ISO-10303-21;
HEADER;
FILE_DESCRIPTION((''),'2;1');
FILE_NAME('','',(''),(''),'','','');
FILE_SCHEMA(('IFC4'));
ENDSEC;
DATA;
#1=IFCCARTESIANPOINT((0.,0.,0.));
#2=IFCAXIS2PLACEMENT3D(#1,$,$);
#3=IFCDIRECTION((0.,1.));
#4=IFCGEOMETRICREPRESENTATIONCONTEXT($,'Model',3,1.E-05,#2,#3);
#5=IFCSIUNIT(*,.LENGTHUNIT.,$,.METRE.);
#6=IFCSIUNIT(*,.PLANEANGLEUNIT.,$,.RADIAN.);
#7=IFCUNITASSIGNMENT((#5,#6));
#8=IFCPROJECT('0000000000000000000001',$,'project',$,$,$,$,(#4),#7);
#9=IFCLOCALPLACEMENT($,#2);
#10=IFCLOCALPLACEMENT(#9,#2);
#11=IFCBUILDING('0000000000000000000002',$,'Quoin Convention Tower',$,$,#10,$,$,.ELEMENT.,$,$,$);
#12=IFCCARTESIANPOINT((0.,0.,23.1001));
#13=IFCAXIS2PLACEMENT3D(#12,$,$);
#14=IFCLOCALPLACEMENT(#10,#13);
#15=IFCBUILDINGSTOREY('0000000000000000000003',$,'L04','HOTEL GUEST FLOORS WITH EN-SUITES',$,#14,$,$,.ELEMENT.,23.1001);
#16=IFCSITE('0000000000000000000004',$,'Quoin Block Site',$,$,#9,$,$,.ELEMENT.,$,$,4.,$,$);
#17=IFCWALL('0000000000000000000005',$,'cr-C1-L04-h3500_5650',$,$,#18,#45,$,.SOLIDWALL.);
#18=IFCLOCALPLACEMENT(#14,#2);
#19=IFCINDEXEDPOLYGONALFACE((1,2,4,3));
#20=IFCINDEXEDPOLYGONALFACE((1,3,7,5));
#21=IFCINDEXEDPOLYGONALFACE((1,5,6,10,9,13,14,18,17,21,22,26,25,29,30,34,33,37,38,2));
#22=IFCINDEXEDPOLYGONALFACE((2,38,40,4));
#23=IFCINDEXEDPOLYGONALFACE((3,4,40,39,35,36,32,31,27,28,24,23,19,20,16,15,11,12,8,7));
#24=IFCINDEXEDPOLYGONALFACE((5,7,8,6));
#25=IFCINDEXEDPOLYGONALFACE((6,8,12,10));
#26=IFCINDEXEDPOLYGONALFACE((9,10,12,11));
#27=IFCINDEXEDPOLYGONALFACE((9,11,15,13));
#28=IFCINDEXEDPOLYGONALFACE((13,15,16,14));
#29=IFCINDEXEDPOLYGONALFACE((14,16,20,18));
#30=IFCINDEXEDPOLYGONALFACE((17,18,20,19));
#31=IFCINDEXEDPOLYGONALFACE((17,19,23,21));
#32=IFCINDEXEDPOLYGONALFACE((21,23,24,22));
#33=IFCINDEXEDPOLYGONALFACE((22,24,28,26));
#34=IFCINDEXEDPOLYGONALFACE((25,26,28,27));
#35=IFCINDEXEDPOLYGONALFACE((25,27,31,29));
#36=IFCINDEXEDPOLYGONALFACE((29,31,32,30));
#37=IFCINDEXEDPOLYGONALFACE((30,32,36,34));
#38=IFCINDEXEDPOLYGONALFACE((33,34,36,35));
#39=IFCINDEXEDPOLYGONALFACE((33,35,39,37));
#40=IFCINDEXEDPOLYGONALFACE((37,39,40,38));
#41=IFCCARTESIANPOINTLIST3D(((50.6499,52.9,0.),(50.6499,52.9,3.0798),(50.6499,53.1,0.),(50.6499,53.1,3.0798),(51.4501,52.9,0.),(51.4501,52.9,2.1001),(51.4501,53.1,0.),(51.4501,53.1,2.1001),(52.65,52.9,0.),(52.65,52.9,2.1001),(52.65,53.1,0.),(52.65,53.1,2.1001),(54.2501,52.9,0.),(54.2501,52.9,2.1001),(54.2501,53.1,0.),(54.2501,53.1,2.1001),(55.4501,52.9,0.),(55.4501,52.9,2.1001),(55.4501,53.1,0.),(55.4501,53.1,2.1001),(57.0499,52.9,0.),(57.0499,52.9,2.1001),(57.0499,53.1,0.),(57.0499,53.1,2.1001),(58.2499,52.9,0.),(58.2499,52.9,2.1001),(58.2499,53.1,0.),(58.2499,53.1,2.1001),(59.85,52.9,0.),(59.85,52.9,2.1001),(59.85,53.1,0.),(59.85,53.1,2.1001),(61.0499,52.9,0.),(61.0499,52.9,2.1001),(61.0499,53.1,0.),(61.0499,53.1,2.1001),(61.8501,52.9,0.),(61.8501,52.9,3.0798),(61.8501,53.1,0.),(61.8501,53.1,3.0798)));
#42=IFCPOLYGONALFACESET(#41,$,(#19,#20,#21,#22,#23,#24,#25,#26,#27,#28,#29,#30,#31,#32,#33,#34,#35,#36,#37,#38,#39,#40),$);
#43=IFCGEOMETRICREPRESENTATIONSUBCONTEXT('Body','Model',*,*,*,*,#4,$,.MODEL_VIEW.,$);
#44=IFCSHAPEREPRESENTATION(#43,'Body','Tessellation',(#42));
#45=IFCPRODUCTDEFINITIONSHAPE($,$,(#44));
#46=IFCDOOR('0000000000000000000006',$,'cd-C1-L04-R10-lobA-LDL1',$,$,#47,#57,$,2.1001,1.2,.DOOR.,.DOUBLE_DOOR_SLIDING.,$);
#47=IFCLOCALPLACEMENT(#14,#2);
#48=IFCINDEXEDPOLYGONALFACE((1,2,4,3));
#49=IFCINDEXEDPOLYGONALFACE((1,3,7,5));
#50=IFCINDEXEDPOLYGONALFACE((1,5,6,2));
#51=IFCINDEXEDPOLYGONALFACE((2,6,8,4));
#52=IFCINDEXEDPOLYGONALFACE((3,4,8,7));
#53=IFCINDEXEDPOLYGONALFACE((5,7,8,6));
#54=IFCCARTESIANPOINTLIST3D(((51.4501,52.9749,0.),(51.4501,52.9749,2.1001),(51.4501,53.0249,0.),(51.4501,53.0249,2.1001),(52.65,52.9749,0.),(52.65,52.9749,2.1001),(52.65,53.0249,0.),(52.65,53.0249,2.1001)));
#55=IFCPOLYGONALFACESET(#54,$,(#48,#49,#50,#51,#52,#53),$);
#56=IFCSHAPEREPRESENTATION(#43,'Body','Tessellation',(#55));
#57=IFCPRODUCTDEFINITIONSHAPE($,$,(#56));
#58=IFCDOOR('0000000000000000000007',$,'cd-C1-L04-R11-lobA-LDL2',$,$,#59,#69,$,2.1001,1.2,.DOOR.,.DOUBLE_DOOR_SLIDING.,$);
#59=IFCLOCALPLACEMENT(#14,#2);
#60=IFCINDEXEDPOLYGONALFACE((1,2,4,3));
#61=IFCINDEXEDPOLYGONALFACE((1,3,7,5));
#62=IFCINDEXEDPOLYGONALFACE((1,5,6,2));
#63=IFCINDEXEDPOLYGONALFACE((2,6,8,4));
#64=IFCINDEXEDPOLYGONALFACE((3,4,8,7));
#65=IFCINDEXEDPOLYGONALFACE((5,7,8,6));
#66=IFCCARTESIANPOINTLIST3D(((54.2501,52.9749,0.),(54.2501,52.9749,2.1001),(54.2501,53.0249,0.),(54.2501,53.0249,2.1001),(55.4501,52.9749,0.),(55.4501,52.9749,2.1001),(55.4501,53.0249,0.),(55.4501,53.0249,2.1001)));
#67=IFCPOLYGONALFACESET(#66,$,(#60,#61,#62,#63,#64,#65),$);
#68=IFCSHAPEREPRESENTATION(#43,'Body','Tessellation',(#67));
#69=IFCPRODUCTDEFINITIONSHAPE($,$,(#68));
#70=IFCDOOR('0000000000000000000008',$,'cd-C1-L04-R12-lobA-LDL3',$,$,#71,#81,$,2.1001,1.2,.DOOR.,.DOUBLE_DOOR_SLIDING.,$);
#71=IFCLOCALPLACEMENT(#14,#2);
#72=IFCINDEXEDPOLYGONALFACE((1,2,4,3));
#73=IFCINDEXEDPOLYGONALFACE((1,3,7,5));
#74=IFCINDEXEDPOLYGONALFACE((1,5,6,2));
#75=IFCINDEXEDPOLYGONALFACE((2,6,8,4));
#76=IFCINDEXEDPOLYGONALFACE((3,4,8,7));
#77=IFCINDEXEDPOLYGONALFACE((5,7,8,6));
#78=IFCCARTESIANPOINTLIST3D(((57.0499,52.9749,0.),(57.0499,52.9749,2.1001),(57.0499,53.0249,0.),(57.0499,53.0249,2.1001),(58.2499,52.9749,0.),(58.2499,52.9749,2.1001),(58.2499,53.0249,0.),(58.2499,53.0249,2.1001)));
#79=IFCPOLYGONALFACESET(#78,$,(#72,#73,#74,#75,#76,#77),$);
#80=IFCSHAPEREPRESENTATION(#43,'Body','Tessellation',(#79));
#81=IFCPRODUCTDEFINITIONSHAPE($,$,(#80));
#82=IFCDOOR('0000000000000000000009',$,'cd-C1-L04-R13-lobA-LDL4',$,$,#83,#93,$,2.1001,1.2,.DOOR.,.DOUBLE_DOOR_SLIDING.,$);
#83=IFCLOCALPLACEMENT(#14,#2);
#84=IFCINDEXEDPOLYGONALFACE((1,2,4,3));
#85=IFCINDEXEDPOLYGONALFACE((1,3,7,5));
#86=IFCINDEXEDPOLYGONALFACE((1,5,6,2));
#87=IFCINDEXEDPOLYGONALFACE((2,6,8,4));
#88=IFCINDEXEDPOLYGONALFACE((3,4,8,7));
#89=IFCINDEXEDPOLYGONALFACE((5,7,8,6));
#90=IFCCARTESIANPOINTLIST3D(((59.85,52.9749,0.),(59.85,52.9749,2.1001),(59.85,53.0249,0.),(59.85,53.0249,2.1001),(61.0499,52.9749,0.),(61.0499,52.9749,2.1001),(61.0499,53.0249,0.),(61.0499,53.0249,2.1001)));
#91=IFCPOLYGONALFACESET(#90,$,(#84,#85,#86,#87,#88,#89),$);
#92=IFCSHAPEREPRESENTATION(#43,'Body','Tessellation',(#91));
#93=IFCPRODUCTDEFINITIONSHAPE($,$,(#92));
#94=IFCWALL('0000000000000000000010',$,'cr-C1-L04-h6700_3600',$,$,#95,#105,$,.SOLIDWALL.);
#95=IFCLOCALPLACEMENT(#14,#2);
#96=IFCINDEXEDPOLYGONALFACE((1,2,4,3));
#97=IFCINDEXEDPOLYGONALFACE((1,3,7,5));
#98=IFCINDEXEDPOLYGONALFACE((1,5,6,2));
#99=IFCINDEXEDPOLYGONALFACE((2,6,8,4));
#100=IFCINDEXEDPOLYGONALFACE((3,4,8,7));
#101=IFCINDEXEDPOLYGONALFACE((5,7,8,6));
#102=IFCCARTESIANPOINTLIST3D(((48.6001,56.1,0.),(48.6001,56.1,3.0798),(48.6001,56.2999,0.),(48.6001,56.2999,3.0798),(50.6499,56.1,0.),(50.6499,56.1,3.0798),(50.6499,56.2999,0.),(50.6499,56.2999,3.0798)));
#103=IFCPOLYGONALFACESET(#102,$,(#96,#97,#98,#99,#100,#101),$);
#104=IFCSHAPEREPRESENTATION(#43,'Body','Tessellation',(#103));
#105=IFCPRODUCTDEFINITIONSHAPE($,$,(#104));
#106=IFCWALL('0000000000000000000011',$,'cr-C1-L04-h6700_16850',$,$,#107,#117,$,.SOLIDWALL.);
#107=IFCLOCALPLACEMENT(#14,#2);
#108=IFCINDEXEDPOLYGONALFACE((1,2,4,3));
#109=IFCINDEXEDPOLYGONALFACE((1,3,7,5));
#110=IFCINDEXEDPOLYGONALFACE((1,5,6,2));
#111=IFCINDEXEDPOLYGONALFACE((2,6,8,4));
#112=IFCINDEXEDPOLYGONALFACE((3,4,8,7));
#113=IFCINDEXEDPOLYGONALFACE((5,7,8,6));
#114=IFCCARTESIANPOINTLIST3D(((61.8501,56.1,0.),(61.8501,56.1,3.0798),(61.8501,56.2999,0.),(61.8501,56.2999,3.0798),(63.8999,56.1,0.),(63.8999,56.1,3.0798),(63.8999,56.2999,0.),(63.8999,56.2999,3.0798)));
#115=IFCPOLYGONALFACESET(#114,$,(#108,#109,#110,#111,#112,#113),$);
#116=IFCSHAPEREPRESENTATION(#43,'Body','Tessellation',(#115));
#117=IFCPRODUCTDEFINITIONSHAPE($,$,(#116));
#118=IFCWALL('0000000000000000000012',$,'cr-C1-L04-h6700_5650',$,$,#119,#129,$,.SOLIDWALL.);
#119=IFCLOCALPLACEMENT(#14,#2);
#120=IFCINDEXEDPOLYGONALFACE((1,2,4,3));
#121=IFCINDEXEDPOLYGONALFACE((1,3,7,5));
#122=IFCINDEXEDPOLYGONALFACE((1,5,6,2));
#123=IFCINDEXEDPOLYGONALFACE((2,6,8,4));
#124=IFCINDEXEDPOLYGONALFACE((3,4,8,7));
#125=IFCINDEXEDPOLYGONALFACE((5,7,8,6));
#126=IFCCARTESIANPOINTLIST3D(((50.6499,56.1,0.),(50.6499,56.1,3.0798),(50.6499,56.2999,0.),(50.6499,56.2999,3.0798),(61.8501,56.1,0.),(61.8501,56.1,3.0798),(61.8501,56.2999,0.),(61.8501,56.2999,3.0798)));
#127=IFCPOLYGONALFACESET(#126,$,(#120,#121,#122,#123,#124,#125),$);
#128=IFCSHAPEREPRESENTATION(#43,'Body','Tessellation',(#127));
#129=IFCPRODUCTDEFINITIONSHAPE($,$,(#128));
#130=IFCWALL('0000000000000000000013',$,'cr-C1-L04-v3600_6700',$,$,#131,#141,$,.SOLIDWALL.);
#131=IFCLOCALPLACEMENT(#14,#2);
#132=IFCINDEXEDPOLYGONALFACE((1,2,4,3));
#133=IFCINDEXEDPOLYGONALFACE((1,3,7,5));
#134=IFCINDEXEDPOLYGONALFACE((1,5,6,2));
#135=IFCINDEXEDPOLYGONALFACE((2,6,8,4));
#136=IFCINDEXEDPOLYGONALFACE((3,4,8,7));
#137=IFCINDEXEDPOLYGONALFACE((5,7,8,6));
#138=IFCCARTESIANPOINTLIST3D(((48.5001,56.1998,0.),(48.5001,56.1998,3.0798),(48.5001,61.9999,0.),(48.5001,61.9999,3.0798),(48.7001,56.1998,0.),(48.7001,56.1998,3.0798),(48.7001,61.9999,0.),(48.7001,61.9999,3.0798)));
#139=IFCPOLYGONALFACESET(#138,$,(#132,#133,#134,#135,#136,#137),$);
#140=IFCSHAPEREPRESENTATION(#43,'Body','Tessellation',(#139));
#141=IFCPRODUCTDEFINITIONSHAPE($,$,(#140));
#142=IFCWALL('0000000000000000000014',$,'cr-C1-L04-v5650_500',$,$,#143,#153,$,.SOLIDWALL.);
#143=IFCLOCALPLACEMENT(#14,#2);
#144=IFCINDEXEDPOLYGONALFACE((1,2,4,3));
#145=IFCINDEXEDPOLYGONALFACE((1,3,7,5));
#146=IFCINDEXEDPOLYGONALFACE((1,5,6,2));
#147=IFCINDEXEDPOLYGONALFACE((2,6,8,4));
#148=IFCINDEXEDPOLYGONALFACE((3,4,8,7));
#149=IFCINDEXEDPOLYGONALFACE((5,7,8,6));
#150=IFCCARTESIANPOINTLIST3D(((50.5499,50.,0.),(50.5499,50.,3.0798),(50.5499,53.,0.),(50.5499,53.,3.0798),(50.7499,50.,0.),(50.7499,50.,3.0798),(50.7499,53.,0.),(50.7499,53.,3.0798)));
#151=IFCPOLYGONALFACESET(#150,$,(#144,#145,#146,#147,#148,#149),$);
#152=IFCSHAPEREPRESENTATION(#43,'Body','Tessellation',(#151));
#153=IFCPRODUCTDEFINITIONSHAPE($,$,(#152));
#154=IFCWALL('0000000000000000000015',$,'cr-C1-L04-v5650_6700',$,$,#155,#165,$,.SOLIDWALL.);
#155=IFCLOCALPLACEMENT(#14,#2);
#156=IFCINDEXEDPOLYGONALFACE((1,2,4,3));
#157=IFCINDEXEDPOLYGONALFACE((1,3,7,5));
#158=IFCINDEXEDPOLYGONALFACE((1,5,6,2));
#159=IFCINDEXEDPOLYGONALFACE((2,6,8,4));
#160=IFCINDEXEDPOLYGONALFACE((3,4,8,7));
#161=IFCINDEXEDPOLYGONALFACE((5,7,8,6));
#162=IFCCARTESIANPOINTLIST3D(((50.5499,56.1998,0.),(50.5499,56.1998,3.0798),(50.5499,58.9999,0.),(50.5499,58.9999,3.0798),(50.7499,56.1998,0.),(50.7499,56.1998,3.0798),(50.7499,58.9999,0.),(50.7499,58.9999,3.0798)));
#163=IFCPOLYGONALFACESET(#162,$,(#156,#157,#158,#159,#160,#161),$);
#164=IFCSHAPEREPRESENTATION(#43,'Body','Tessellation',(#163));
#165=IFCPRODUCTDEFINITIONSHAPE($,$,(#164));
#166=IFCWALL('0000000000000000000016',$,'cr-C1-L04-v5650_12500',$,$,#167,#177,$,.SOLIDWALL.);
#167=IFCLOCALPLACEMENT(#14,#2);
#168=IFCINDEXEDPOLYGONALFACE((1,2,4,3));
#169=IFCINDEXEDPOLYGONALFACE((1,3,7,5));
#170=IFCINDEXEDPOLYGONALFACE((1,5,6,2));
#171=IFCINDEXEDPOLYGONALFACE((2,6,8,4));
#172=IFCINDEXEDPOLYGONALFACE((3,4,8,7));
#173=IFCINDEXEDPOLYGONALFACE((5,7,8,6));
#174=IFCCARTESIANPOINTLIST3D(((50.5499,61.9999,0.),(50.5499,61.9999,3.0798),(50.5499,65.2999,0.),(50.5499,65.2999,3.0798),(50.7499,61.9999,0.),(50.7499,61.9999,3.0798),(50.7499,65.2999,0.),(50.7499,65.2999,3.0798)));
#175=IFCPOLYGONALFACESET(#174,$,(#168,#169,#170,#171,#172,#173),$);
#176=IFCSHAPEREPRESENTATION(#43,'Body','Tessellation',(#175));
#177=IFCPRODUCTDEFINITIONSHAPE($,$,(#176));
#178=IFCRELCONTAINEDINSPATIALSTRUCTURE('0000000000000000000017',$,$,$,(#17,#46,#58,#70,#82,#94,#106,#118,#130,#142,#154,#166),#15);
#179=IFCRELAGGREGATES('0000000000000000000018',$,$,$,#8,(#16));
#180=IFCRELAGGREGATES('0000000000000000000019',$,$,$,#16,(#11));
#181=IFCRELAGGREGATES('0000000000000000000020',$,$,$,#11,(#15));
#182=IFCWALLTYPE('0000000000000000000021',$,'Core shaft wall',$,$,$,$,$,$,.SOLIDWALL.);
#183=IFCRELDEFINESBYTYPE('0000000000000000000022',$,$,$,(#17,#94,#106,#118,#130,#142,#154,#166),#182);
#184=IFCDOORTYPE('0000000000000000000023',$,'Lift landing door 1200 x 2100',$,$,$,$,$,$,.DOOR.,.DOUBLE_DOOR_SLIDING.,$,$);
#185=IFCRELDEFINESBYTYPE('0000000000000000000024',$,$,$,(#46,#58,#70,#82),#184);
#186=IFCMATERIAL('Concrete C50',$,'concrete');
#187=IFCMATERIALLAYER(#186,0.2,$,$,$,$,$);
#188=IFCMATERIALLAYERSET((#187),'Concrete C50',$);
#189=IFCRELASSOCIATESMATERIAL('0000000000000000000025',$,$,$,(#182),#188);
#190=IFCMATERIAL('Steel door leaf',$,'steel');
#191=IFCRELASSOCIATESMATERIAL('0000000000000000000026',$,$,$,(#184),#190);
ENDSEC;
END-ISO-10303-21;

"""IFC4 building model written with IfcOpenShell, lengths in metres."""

from ifc_helpers import new_model, si_unit, direction, frame, frame_2d, origin, place, context, subcontext, project, spatial, rectangle, extrude, material, layer, layer_set, type_object, element, fill, save


model = new_model("IFC4")

# Units and contexts
model_context = context("Model", 3, precision=1e-05, world=origin(), true_north=direction((0.0, 1.0)))
body_context = subcontext(model_context, "Body", "Model", "MODEL_VIEW")
ifc_project = project(units=[si_unit("LENGTHUNIT", "METRE"), si_unit("PLANEANGLEUNIT", "RADIAN")], contexts=[model_context])

# Site, building, storey
site_placement = place(None, origin())
site = spatial("IfcSite", under=ifc_project, at=site_placement, Name="Quoin Block Site", CompositionType="ELEMENT", RefElevation=4.0)
building_placement = place(site_placement, origin())
building = spatial("IfcBuilding", under=site, at=building_placement, Name="Quoin Convention Tower", CompositionType="ELEMENT")
storey_placement = place(building_placement, frame((0.0, 0.0, 23.1001)))
storey = spatial("IfcBuildingStorey", under=building, at=storey_placement, Name="L04", Description="HOTEL GUEST FLOORS WITH EN-SUITES", CompositionType="ELEMENT", Elevation=23.1001)

# Shared definitions
ifc_material_1 = material(Name="Steel door leaf", Category="steel")

# Wall, openings, doors
ifc_material_2 = material(Name="Concrete C50", Category="concrete")
ifc_layer_1 = layer(ifc_material_2, 0.2)
ifc_layer_set_1 = layer_set([ifc_layer_1], Name="Concrete C50")
wall_type_1 = type_object("IfcWallType", Name="Core shaft wall", PredefinedType="SOLIDWALL", material=ifc_layer_set_1)
wall_1_placement = place(storey_placement, frame((50.6499, 53.0, 0.0), z_axis=(0.0, 0.0, 1.0), x_axis=(1.0, 0.0, 0.0)))
wall_1 = element("IfcWall", 1, at=wall_1_placement, inside=storey, type_object=wall_type_1, Name="cr-C1-L04-h3500_5650", PredefinedType="SOLIDWALL", context=body_context, shape_type="SweptSolid", body=[
    extrude(rectangle(XDim=11.2002, YDim=0.2, at=frame_2d((5.6001, 0.0))), origin(), (0.0, 0.0, 1.0), 3.0798),
])
opening_1_placement = place(wall_1_placement, frame((0.8, 0.0, 0.0)))
opening_1 = element("IfcOpeningElement", 2, at=opening_1_placement, cuts=wall_1, PredefinedType="OPENING", context=body_context, shape_type="SweptSolid", body=[
    extrude(rectangle(XDim=1.2, YDim=2.1001, at=frame_2d((0.6001, 1.05))), frame((0.0, 0.1099, 0.0), z_axis=(0.0, -1.0, 0.0), x_axis=(1.0, 0.0, 0.0)), (0.0, 0.0, 1.0), 0.22),
])
opening_2_placement = place(wall_1_placement, frame((3.6001, 0.0, 0.0)))
opening_2 = element("IfcOpeningElement", 3, at=opening_2_placement, cuts=wall_1, PredefinedType="OPENING", context=body_context, shape_type="SweptSolid", body=[
    extrude(rectangle(XDim=1.2, YDim=2.1001, at=frame_2d((0.6001, 1.05))), frame((0.0, 0.1099, 0.0), z_axis=(0.0, -1.0, 0.0), x_axis=(1.0, 0.0, 0.0)), (0.0, 0.0, 1.0), 0.22),
])
opening_3_placement = place(wall_1_placement, frame((6.3999, 0.0, 0.0)))
opening_3 = element("IfcOpeningElement", 4, at=opening_3_placement, cuts=wall_1, PredefinedType="OPENING", context=body_context, shape_type="SweptSolid", body=[
    extrude(rectangle(XDim=1.2, YDim=2.1001, at=frame_2d((0.6001, 1.05))), frame((0.0, 0.1099, 0.0), z_axis=(0.0, -1.0, 0.0), x_axis=(1.0, 0.0, 0.0)), (0.0, 0.0, 1.0), 0.22),
])
opening_4_placement = place(wall_1_placement, frame((9.2, 0.0, 0.0)))
opening_4 = element("IfcOpeningElement", 5, at=opening_4_placement, cuts=wall_1, PredefinedType="OPENING", context=body_context, shape_type="SweptSolid", body=[
    extrude(rectangle(XDim=1.2, YDim=2.1001, at=frame_2d((0.6001, 1.05))), frame((0.0, 0.1099, 0.0), z_axis=(0.0, -1.0, 0.0), x_axis=(1.0, 0.0, 0.0)), (0.0, 0.0, 1.0), 0.22),
])
door_type_1 = type_object("IfcDoorType", Name="Lift landing door 1200 x 2100", OperationType="DOUBLE_DOOR_SLIDING", PredefinedType="DOOR", material=ifc_material_1)
door_1_placement = place(opening_1_placement, origin())
door_1 = element("IfcDoor", 6, at=door_1_placement, inside=storey, type_object=door_type_1, Name="cd-C1-L04-R10-lobA-LDL1", OperationType="DOUBLE_DOOR_SLIDING", OverallHeight=2.1001, OverallWidth=1.2, PredefinedType="DOOR", context=body_context, shape_type="SweptSolid", body=[
    extrude(rectangle(XDim=1.2, YDim=2.1001, at=frame_2d((0.6001, 1.05))), frame((0.0, 0.0249, 0.0), z_axis=(0.0, -1.0, 0.0), x_axis=(1.0, 0.0, 0.0)), (0.0, 0.0, 1.0), 0.05),
])
fill(opening_1, door_1)
door_2_placement = place(opening_2_placement, origin())
door_2 = element("IfcDoor", 7, at=door_2_placement, inside=storey, type_object=door_type_1, Name="cd-C1-L04-R11-lobA-LDL2", OperationType="DOUBLE_DOOR_SLIDING", OverallHeight=2.1001, OverallWidth=1.2, PredefinedType="DOOR", context=body_context, shape_type="SweptSolid", body=[
    extrude(rectangle(XDim=1.2, YDim=2.1001, at=frame_2d((0.6001, 1.05))), frame((0.0, 0.0249, 0.0), z_axis=(0.0, -1.0, 0.0), x_axis=(1.0, 0.0, 0.0)), (0.0, 0.0, 1.0), 0.05),
])
fill(opening_2, door_2)
door_3_placement = place(opening_3_placement, origin())
door_3 = element("IfcDoor", 8, at=door_3_placement, inside=storey, type_object=door_type_1, Name="cd-C1-L04-R12-lobA-LDL3", OperationType="DOUBLE_DOOR_SLIDING", OverallHeight=2.1001, OverallWidth=1.2, PredefinedType="DOOR", context=body_context, shape_type="SweptSolid", body=[
    extrude(rectangle(XDim=1.2, YDim=2.1001, at=frame_2d((0.6001, 1.05))), frame((0.0, 0.0249, 0.0), z_axis=(0.0, -1.0, 0.0), x_axis=(1.0, 0.0, 0.0)), (0.0, 0.0, 1.0), 0.05),
])
fill(opening_3, door_3)
door_4_placement = place(opening_4_placement, origin())
door_4 = element("IfcDoor", 9, at=door_4_placement, inside=storey, type_object=door_type_1, Name="cd-C1-L04-R13-lobA-LDL4", OperationType="DOUBLE_DOOR_SLIDING", OverallHeight=2.1001, OverallWidth=1.2, PredefinedType="DOOR", context=body_context, shape_type="SweptSolid", body=[
    extrude(rectangle(XDim=1.2, YDim=2.1001, at=frame_2d((0.6001, 1.05))), frame((0.0, 0.0249, 0.0), z_axis=(0.0, -1.0, 0.0), x_axis=(1.0, 0.0, 0.0)), (0.0, 0.0, 1.0), 0.05),
])
fill(opening_4, door_4)

# Walls
for number, where, z_axis, x_axis, name in (
    (10, (48.6001, 56.2, 0.0), (0.0, 0.0, 1.0), (1.0, 0.0, 0.0), "cr-C1-L04-h6700_3600"),
    (11, (61.8501, 56.2, 0.0), (0.0, 0.0, 1.0), (1.0, 0.0, 0.0), "cr-C1-L04-h6700_16850"),
):
    element("IfcWall", number, at=place(storey_placement, frame(where, z_axis=z_axis, x_axis=x_axis)), inside=storey, type_object=wall_type_1, Name=name, PredefinedType="SOLIDWALL", context=body_context, shape_type="SweptSolid", body=[
        extrude(rectangle(XDim=2.0498, YDim=0.2, at=frame_2d((1.0249, 0.0))), origin(), (0.0, 0.0, 1.0), 3.0798),
    ])
wall_2_placement = place(storey_placement, frame((50.6499, 56.2, 0.0), z_axis=(0.0, 0.0, 1.0), x_axis=(1.0, 0.0, 0.0)))
element("IfcWall", 12, at=wall_2_placement, inside=storey, type_object=wall_type_1, Name="cr-C1-L04-h6700_5650", PredefinedType="SOLIDWALL", context=body_context, shape_type="SweptSolid", body=[
    extrude(rectangle(XDim=11.2002, YDim=0.2, at=frame_2d((5.6001, 0.0))), origin(), (0.0, 0.0, 1.0), 3.0798),
])
wall_3_placement = place(storey_placement, frame((48.6001, 56.2, 0.0), z_axis=(0.0, 0.0, 1.0), x_axis=(0.0, 1.0, 0.0)))
element("IfcWall", 13, at=wall_3_placement, inside=storey, type_object=wall_type_1, Name="cr-C1-L04-v3600_6700", PredefinedType="SOLIDWALL", context=body_context, shape_type="SweptSolid", body=[
    extrude(rectangle(XDim=5.8, YDim=0.2, at=frame_2d((2.8999, 0.0))), origin(), (0.0, 0.0, 1.0), 3.0798),
])
wall_4_placement = place(storey_placement, frame((50.6499, 50.0, 0.0), z_axis=(0.0, 0.0, 1.0), x_axis=(0.0, 1.0, 0.0)))
element("IfcWall", 14, at=wall_4_placement, inside=storey, type_object=wall_type_1, Name="cr-C1-L04-v5650_500", PredefinedType="SOLIDWALL", context=body_context, shape_type="SweptSolid", body=[
    extrude(rectangle(XDim=3.0, YDim=0.2, at=frame_2d((1.5, 0.0))), origin(), (0.0, 0.0, 1.0), 3.0798),
])
wall_5_placement = place(storey_placement, frame((50.6499, 56.2, 0.0), z_axis=(0.0, 0.0, 1.0), x_axis=(0.0, 1.0, 0.0)))
element("IfcWall", 15, at=wall_5_placement, inside=storey, type_object=wall_type_1, Name="cr-C1-L04-v5650_6700", PredefinedType="SOLIDWALL", context=body_context, shape_type="SweptSolid", body=[
    extrude(rectangle(XDim=2.8, YDim=0.2, at=frame_2d((1.3999, 0.0))), origin(), (0.0, 0.0, 1.0), 3.0798),
])
wall_6_placement = place(storey_placement, frame((50.6499, 62.0, 0.0), z_axis=(0.0, 0.0, 1.0), x_axis=(0.0, 1.0, 0.0)))
element("IfcWall", 16, at=wall_6_placement, inside=storey, type_object=wall_type_1, Name="cr-C1-L04-v5650_12500", PredefinedType="SOLIDWALL", context=body_context, shape_type="SweptSolid", body=[
    extrude(rectangle(XDim=3.3, YDim=0.2, at=frame_2d((1.6499, 0.0))), origin(), (0.0, 0.0, 1.0), 3.0798),
])

save(model, "model.ifc")
